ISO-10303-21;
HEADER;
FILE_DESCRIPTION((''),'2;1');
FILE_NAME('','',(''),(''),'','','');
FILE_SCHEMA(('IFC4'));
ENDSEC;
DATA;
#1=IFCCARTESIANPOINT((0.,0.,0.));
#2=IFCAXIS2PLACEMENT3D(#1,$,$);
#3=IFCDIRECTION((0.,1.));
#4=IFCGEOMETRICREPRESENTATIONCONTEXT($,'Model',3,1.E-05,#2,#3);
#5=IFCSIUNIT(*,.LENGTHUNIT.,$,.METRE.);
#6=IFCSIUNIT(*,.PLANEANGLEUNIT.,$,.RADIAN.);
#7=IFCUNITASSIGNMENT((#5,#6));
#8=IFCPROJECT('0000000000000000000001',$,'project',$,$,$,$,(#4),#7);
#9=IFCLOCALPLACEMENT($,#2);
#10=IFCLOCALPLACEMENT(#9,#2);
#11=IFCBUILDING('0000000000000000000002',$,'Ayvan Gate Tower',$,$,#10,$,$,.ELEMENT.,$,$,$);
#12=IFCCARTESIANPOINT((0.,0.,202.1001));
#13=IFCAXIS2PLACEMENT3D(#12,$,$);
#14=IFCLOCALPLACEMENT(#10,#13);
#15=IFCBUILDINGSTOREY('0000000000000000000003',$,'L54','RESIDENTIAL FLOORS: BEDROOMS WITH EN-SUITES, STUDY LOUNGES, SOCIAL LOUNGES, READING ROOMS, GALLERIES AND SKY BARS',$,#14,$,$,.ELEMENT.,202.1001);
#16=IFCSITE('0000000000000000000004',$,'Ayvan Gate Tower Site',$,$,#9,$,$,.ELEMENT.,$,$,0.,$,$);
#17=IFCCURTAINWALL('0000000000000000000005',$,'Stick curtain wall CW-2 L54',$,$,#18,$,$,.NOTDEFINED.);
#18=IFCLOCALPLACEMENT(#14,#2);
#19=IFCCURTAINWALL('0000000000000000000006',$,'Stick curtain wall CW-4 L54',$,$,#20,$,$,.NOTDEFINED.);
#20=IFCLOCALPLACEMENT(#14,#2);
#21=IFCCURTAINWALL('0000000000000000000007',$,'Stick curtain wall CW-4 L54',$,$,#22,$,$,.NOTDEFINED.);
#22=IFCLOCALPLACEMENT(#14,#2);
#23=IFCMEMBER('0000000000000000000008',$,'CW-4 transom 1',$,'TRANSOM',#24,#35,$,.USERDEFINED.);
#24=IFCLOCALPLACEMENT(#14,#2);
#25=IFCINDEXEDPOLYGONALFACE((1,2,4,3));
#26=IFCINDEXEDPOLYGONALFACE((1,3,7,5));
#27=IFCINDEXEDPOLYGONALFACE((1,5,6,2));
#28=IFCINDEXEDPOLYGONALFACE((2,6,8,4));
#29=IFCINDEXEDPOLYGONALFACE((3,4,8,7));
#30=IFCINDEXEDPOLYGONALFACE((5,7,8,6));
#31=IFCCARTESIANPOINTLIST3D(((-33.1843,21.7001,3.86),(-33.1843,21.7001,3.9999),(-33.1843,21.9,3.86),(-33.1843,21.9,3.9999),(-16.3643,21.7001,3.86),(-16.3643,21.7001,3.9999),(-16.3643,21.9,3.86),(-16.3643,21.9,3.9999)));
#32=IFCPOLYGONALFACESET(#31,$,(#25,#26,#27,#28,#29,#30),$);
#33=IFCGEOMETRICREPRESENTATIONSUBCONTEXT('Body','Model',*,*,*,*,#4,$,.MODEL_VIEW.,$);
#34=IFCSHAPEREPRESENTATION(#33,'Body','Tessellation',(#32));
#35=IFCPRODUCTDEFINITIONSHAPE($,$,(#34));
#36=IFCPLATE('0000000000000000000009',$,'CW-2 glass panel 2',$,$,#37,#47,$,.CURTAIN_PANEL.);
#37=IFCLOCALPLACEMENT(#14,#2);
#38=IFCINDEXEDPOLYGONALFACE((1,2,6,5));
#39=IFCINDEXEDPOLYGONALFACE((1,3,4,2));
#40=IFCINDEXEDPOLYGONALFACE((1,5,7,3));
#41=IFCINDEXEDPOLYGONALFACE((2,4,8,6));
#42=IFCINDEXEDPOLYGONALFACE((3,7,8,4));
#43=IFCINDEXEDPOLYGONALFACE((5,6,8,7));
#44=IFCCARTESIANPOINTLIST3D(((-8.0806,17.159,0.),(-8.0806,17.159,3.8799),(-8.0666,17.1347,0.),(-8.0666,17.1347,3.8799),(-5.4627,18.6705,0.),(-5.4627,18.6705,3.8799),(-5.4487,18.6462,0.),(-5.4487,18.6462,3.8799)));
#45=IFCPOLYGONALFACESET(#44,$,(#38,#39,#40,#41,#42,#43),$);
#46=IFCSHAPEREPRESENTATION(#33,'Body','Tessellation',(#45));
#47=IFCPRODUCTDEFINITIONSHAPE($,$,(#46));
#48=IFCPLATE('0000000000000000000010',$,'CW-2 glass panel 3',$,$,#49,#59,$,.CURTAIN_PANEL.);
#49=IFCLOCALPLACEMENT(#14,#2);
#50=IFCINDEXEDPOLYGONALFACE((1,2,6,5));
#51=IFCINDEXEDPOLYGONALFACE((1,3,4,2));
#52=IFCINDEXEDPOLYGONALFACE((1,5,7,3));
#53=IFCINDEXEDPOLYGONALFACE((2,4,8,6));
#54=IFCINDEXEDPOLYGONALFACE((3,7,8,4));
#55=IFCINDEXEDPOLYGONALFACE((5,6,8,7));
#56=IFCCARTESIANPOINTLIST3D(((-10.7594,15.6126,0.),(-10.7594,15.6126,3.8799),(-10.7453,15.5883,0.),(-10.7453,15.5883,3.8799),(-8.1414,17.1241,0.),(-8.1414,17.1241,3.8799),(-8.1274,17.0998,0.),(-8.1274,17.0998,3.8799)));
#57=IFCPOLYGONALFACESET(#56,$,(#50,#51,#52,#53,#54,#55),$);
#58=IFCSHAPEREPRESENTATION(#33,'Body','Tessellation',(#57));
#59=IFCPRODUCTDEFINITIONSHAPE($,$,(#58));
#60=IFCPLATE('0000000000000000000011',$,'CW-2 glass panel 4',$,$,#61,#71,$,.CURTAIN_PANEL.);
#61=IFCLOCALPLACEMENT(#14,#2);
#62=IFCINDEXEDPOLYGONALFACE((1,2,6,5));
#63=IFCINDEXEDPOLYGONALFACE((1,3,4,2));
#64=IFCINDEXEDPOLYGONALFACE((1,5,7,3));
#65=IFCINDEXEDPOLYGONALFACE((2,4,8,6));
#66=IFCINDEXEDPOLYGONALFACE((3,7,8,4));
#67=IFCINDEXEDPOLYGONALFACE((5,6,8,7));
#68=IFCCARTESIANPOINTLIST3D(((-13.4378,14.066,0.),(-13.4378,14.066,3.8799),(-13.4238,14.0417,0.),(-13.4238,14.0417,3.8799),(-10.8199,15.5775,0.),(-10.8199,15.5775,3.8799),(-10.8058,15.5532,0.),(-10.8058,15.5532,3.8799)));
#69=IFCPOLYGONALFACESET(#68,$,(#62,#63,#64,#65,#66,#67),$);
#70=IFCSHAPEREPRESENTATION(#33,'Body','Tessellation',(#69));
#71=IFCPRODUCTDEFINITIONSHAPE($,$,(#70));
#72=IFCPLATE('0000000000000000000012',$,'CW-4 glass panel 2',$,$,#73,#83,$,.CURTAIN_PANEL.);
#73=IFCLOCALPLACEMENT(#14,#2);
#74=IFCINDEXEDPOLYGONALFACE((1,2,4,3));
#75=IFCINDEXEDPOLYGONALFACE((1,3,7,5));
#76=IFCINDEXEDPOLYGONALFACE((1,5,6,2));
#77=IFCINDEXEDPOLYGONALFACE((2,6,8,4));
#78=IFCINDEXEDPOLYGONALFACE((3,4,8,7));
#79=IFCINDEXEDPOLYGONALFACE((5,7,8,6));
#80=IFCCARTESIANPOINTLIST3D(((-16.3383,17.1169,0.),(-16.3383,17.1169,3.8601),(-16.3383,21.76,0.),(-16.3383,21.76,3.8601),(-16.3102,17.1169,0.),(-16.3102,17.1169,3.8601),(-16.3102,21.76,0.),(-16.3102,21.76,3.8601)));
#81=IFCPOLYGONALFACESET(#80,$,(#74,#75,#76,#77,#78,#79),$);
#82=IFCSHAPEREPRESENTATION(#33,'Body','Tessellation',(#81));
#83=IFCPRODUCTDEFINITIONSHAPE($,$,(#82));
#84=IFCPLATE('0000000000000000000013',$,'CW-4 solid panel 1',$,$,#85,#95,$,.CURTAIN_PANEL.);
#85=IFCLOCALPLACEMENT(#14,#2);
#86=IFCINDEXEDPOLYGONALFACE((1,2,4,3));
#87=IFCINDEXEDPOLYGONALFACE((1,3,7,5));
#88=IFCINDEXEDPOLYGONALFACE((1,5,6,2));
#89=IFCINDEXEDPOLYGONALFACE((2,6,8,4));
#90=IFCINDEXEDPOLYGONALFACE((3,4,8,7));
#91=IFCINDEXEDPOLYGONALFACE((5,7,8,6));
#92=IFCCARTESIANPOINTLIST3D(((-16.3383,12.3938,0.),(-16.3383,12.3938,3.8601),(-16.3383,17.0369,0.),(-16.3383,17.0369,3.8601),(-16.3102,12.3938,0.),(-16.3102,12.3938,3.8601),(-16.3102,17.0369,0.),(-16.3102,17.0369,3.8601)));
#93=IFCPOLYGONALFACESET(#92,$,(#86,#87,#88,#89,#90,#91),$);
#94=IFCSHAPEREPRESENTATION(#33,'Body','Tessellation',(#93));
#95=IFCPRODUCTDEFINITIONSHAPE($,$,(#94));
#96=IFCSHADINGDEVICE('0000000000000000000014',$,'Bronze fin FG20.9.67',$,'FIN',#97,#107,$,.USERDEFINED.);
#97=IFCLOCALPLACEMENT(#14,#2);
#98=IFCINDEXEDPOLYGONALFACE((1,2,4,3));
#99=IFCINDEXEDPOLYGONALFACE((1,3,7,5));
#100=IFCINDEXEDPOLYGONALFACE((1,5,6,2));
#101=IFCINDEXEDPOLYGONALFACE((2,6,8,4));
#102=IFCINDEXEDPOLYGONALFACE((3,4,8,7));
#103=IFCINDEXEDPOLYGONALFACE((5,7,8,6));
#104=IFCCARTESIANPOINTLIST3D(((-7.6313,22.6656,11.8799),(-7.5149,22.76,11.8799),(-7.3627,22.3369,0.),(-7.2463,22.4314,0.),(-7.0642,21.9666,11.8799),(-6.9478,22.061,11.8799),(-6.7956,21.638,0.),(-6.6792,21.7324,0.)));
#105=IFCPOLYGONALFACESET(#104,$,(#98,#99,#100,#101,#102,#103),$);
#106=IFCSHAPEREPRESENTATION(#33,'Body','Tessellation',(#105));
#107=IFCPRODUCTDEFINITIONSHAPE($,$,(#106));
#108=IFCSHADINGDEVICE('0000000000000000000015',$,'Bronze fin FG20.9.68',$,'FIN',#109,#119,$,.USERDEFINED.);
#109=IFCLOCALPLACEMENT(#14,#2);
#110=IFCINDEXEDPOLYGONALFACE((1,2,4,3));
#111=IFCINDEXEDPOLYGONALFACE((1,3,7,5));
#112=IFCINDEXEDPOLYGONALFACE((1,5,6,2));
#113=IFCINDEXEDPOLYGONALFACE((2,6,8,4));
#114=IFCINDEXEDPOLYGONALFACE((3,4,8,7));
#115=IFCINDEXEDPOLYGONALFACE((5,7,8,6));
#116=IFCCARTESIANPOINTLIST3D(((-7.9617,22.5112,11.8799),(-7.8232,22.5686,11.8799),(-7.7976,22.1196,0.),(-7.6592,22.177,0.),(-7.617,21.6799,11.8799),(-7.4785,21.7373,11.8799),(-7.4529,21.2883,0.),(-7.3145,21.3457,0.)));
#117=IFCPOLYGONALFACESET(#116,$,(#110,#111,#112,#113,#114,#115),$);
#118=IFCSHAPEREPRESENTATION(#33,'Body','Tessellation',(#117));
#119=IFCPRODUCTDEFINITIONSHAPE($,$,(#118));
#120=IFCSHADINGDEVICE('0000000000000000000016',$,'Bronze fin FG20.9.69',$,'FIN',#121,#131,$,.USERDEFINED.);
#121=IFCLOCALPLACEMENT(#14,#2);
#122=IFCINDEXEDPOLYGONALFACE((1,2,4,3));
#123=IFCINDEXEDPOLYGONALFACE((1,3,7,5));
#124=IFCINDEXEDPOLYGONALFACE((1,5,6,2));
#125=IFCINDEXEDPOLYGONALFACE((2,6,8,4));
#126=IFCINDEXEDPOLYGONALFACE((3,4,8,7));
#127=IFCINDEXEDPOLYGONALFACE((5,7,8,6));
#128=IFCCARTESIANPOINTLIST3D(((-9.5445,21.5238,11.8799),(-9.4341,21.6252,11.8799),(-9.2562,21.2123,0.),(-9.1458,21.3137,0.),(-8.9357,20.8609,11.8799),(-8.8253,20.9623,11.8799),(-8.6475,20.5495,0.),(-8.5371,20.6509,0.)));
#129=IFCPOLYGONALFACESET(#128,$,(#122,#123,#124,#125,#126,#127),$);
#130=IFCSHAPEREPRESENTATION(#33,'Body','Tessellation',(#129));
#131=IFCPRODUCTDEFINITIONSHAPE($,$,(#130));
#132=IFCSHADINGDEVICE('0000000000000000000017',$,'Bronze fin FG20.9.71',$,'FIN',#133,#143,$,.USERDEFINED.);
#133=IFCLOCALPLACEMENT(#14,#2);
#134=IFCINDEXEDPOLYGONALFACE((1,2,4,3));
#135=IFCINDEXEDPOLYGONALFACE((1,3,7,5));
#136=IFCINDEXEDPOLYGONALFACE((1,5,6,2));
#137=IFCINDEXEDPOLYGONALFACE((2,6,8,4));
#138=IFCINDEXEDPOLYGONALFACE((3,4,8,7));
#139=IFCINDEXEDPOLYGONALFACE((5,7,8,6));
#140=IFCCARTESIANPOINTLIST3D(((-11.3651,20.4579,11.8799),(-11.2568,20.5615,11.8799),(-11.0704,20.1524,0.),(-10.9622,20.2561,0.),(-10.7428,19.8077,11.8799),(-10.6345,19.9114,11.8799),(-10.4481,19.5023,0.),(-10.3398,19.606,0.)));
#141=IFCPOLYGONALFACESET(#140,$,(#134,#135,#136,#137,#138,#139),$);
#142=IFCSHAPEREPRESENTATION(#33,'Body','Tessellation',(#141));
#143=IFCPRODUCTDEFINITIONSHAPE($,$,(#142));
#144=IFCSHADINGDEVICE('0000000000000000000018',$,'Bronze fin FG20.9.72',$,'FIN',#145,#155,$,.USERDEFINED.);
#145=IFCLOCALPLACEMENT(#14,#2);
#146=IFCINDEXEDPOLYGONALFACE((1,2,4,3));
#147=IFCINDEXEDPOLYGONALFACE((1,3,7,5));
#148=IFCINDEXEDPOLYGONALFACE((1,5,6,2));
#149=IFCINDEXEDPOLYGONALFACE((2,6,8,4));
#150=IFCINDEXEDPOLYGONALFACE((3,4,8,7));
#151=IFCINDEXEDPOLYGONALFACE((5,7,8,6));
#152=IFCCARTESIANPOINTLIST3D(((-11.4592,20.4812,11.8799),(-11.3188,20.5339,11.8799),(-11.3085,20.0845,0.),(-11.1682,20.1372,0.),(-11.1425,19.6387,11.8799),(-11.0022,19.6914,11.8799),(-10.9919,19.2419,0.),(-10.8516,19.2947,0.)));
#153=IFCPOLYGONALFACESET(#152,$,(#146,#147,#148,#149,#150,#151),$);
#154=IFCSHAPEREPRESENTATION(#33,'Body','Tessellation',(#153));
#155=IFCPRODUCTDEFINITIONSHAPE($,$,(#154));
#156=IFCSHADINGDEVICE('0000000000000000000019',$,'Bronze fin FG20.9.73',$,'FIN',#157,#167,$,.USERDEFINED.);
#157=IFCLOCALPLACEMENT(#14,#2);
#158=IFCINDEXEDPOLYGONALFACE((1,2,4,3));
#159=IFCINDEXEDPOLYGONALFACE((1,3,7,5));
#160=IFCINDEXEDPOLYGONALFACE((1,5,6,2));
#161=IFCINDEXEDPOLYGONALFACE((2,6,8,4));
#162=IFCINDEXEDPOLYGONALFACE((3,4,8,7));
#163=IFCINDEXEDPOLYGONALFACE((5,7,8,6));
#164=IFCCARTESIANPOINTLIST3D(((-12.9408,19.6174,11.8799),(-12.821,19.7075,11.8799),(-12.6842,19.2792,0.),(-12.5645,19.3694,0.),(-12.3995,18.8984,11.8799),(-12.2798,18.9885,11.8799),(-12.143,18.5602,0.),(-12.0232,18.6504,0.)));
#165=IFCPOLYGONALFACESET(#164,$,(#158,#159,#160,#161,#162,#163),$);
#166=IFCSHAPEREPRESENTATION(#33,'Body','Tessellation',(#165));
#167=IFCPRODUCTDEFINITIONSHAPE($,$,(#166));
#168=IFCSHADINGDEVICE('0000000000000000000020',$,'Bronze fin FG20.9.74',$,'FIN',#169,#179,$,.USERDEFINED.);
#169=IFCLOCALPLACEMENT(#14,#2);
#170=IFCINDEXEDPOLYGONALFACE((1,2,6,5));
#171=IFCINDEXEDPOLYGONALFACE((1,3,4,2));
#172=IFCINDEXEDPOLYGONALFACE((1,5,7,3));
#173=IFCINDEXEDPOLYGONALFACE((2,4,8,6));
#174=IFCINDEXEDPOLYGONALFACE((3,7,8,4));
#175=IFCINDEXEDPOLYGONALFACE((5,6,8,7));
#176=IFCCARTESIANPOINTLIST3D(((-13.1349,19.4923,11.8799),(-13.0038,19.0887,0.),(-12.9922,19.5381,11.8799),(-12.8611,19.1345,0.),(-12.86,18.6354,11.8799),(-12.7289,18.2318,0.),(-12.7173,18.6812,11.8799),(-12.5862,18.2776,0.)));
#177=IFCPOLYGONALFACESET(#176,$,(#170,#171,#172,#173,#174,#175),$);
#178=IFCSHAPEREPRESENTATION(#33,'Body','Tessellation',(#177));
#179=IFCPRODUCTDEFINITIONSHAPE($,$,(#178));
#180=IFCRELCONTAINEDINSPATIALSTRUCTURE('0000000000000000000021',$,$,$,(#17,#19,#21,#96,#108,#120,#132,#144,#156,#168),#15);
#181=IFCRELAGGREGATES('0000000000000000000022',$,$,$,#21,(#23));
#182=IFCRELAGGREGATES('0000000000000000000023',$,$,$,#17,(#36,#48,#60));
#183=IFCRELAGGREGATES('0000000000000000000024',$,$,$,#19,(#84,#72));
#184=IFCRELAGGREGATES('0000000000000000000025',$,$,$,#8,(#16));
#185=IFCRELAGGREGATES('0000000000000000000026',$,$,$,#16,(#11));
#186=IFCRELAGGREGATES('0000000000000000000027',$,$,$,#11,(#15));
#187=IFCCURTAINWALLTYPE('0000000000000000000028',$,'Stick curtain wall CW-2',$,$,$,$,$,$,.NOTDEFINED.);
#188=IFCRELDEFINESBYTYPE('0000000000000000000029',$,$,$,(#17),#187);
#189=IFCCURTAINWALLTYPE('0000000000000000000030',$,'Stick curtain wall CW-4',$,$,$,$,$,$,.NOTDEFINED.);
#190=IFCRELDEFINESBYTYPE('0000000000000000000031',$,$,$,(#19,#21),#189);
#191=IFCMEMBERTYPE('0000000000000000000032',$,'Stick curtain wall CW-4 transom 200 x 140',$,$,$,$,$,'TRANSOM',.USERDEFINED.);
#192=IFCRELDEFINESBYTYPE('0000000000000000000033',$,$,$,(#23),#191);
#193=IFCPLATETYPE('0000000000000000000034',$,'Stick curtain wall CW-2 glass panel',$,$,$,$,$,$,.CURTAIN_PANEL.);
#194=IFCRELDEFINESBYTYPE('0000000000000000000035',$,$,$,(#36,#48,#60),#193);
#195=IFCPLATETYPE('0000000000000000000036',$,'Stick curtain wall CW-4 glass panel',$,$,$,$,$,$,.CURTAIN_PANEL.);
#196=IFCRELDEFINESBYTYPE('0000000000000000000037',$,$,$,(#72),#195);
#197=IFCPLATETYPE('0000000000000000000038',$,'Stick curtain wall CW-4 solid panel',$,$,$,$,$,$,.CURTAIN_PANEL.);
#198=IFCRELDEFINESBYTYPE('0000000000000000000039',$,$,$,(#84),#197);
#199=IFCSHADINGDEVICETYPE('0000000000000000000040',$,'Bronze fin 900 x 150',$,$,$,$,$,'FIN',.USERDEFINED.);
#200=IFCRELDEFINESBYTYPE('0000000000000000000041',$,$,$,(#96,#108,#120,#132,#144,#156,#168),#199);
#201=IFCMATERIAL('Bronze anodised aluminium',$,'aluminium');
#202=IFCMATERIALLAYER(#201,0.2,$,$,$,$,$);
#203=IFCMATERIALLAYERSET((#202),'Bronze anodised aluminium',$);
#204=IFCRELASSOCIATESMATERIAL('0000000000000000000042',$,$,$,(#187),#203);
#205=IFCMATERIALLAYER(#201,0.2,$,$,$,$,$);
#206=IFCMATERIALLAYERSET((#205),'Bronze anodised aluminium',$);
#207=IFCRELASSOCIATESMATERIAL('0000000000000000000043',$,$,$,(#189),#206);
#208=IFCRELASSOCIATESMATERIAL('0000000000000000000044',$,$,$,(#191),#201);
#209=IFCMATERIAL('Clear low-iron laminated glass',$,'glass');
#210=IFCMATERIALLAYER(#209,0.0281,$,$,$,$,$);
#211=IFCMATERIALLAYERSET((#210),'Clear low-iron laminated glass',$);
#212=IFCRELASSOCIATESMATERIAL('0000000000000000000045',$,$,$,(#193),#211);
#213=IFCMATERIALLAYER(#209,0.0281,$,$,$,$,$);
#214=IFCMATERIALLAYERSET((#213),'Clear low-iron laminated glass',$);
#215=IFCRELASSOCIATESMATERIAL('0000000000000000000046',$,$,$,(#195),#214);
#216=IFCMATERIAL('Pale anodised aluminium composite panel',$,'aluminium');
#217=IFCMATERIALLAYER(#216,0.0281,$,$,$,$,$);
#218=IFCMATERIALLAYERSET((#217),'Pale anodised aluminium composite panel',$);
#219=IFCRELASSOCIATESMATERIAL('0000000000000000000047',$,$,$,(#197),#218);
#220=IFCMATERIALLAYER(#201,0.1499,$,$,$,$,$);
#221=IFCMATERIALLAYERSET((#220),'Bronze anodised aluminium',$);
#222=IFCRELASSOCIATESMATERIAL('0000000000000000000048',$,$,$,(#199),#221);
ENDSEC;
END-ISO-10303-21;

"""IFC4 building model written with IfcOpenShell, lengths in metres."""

from ifc_helpers import new_model, si_unit, direction, frame, origin, origin_2d, place, context, subcontext, project, spatial, polyline, rectangle, outline, extrude, material, layer, layer_set, material_profile, profile_set, type_object, element, aggregate, save


model = new_model("IFC4")

# Units and contexts
model_context = context("Model", 3, precision=1e-05, world=origin(), true_north=direction((0.0, 1.0)))
body_context = subcontext(model_context, "Body", "Model", "MODEL_VIEW")
ifc_project = project(units=[si_unit("LENGTHUNIT", "METRE"), si_unit("PLANEANGLEUNIT", "RADIAN")], contexts=[model_context])

# Site, building, storey
site_placement = place(None, origin())
site = spatial("IfcSite", under=ifc_project, at=site_placement, Name="Ayvan Gate Tower Site", CompositionType="ELEMENT", RefElevation=0.0)
building_placement = place(site_placement, origin())
building = spatial("IfcBuilding", under=site, at=building_placement, Name="Ayvan Gate Tower", CompositionType="ELEMENT")
storey_placement = place(building_placement, frame((0.0, 0.0, 202.1001)))
storey = spatial("IfcBuildingStorey", under=building, at=storey_placement, Name="L54", Description="RESIDENTIAL FLOORS: BEDROOMS WITH EN-SUITES, STUDY LOUNGES, SOCIAL LOUNGES, READING ROOMS, GALLERIES AND SKY BARS", CompositionType="ELEMENT", Elevation=202.1001)

# Curtain walls, member
ifc_material_1 = material(Name="Bronze anodised aluminium", Category="aluminium")
ifc_layer_1 = layer(ifc_material_1, 0.2)
ifc_layer_set_1 = layer_set([ifc_layer_1], Name="Bronze anodised aluminium")
curtain_wall_type_1 = type_object("IfcCurtainWallType", Name="Stick curtain wall CW-2", PredefinedType="NOTDEFINED", material=ifc_layer_set_1)
curtain_wall_1_placement = place(storey_placement, origin())
curtain_wall_1 = element("IfcCurtainWall", 1, at=curtain_wall_1_placement, inside=storey, type_object=curtain_wall_type_1, Name="Stick curtain wall CW-2 L54", PredefinedType="NOTDEFINED")
ifc_layer_2 = layer(ifc_material_1, 0.2)
ifc_layer_set_2 = layer_set([ifc_layer_2], Name="Bronze anodised aluminium")
curtain_wall_type_2 = type_object("IfcCurtainWallType", Name="Stick curtain wall CW-4", PredefinedType="NOTDEFINED", material=ifc_layer_set_2)
curtain_wall_2_placement = place(storey_placement, origin())
curtain_wall_2 = element("IfcCurtainWall", 2, at=curtain_wall_2_placement, inside=storey, type_object=curtain_wall_type_2, Name="Stick curtain wall CW-4 L54", PredefinedType="NOTDEFINED")
curtain_wall_3_placement = place(storey_placement, origin())
curtain_wall_3 = element("IfcCurtainWall", 3, at=curtain_wall_3_placement, inside=storey, type_object=curtain_wall_type_2, Name="Stick curtain wall CW-4 L54", PredefinedType="NOTDEFINED")
ifc_material_profile_1 = material_profile(ifc_material_1, rectangle(XDim=0.2, YDim=0.1399, at=origin_2d()), Name="Stick curtain wall CW-4 transom 200 x 140")
ifc_profile_set_1 = profile_set([ifc_material_profile_1], Name="Bronze anodised aluminium")
member_type_1 = type_object("IfcMemberType", Name="Stick curtain wall CW-4 transom 200 x 140", ElementType="TRANSOM", PredefinedType="USERDEFINED", material=ifc_profile_set_1)
member_1_placement = place(storey_placement, frame((-16.3643, 21.8, 3.9299), z_axis=(-1.0, 0.0, 0.0), x_axis=(0.0, -1.0, 0.0)))
member_1 = element("IfcMember", 4, at=member_1_placement, type_object=member_type_1, Name="CW-4 transom 1", ObjectType="TRANSOM", PredefinedType="USERDEFINED", context=body_context, shape_type="SweptSolid", body=[
    extrude(rectangle(XDim=0.2, YDim=0.1399, at=origin_2d()), origin(), (0.0, 0.0, 1.0), 16.8201),
])
aggregate(curtain_wall_3, [member_1])

# Plates
ifc_material_2 = material(Name="Clear low-iron laminated glass", Category="glass")
ifc_layer_3 = layer(ifc_material_2, 0.0281)
ifc_layer_set_3 = layer_set([ifc_layer_3], Name="Clear low-iron laminated glass")
plate_type_1 = type_object("IfcPlateType", Name="Stick curtain wall CW-2 glass panel", PredefinedType="CURTAIN_PANEL", material=ifc_layer_set_3)
plate_1_placement = place(storey_placement, frame((-6.7646, 17.9026, 0.0), z_axis=(0.0, 0.0, 1.0), x_axis=(-0.866025, -0.5, 0.0)))
plate_1 = element("IfcPlate", 5, at=plate_1_placement, type_object=plate_type_1, Name="CW-2 glass panel 2", PredefinedType="CURTAIN_PANEL", context=body_context, shape_type="SweptSolid", body=[
    extrude(rectangle(XDim=3.0229, YDim=0.0281, at=origin_2d()), origin(), (0.0, 0.0, 1.0), 3.8799),
])
plate_2_placement = place(storey_placement, frame((-9.4434, 16.3562, 0.0), z_axis=(0.0, 0.0, 1.0), x_axis=(-0.866025, -0.5, 0.0)))
plate_2 = element("IfcPlate", 6, at=plate_2_placement, type_object=plate_type_1, Name="CW-2 glass panel 3", PredefinedType="CURTAIN_PANEL", context=body_context, shape_type="SweptSolid", body=[
    extrude(rectangle(XDim=3.0229, YDim=0.0281, at=origin_2d()), origin(), (0.0, 0.0, 1.0), 3.8799),
])
plate_3_placement = place(storey_placement, frame((-12.1218, 14.8096, 0.0), z_axis=(0.0, 0.0, 1.0), x_axis=(-0.866025, -0.5, 0.0)))
plate_3 = element("IfcPlate", 7, at=plate_3_placement, type_object=plate_type_1, Name="CW-2 glass panel 4", PredefinedType="CURTAIN_PANEL", context=body_context, shape_type="SweptSolid", body=[
    extrude(rectangle(XDim=3.0229, YDim=0.0281, at=origin_2d()), origin(), (0.0, 0.0, 1.0), 3.8799),
])
aggregate(curtain_wall_1, [plate_1, plate_2, plate_3])
ifc_layer_4 = layer(ifc_material_2, 0.0281)
ifc_layer_set_4 = layer_set([ifc_layer_4], Name="Clear low-iron laminated glass")
plate_type_2 = type_object("IfcPlateType", Name="Stick curtain wall CW-4 glass panel", PredefinedType="CURTAIN_PANEL", material=ifc_layer_set_4)
plate_4_placement = place(storey_placement, frame((-16.3242, 19.4385, 0.0), z_axis=(0.0, 0.0, 1.0), x_axis=(0.0, 1.0, 0.0)))
plate_4 = element("IfcPlate", 8, at=plate_4_placement, type_object=plate_type_2, Name="CW-4 glass panel 2", PredefinedType="CURTAIN_PANEL", context=body_context, shape_type="SweptSolid", body=[
    extrude(rectangle(XDim=4.6431, YDim=0.0281, at=origin_2d()), origin(), (0.0, 0.0, 1.0), 3.8601),
])
ifc_material_3 = material(Name="Pale anodised aluminium composite panel", Category="aluminium")
ifc_layer_5 = layer(ifc_material_3, 0.0281)
ifc_layer_set_5 = layer_set([ifc_layer_5], Name="Pale anodised aluminium composite panel")
plate_type_3 = type_object("IfcPlateType", Name="Stick curtain wall CW-4 solid panel", PredefinedType="CURTAIN_PANEL", material=ifc_layer_set_5)
plate_5_placement = place(storey_placement, frame((-16.3242, 14.7153, 0.0), z_axis=(0.0, 0.0, 1.0), x_axis=(0.0, 1.0, 0.0)))
plate_5 = element("IfcPlate", 9, at=plate_5_placement, type_object=plate_type_3, Name="CW-4 solid panel 1", PredefinedType="CURTAIN_PANEL", context=body_context, shape_type="SweptSolid", body=[
    extrude(rectangle(XDim=4.6431, YDim=0.0281, at=origin_2d()), origin(), (0.0, 0.0, 1.0), 3.8601),
])
aggregate(curtain_wall_2, [plate_5, plate_4])

# Shading devices
ifc_layer_6 = layer(ifc_material_1, 0.1499)
ifc_layer_set_6 = layer_set([ifc_layer_6], Name="Bronze anodised aluminium")
shading_device_type = type_object("IfcShadingDeviceType", Name="Bronze fin 900 x 150", ElementType="FIN", PredefinedType="USERDEFINED", material=ifc_layer_set_6)
shading_device_1_placement = place(storey_placement, frame((-6.6792, 21.7324, 0.0), z_axis=(0.776537, 0.630072, 0.000126), x_axis=(-0.630072, 0.776537, 0.0)))
element("IfcShadingDevice", 10, at=shading_device_1_placement, inside=storey, type_object=shading_device_type, Name="Bronze fin FG20.9.67", ObjectType="FIN", PredefinedType="USERDEFINED", context=body_context, shape_type="SweptSolid", body=[
    extrude(outline(polyline([(0.0, 0.0), (0.9001, 0.0), (1.3245, 11.8799), (0.4244, 11.8799), (0.0, 0.0)])), origin(), (0.0, 0.0, -1.0), 0.1499),
])
shading_device_2_placement = place(storey_placement, frame((-7.3145, 21.3457, 0.0), z_axis=(0.923726, 0.383055, 0.00013), x_axis=(-0.383055, 0.923726, 0.0)))
element("IfcShadingDevice", 11, at=shading_device_2_placement, inside=storey, type_object=shading_device_type, Name="Bronze fin FG20.9.68", ObjectType="FIN", PredefinedType="USERDEFINED", context=body_context, shape_type="SweptSolid", body=[
    extrude(outline(polyline([(0.0, 0.0), (0.8999, 0.0), (1.3245, 11.8799), (0.4246, 11.8799), (0.0, 0.0)])), origin(), (0.0, 0.0, -1.0), 0.1499),
])
shading_device_3_placement = place(storey_placement, frame((-8.5371, 20.6509, 0.0), z_axis=(0.736512, 0.676425, 0.00013), x_axis=(-0.676425, 0.736512, 0.0)))
element("IfcShadingDevice", 12, at=shading_device_3_placement, inside=storey, type_object=shading_device_type, Name="Bronze fin FG20.9.69", ObjectType="FIN", PredefinedType="USERDEFINED", context=body_context, shape_type="SweptSolid", body=[
    extrude(outline(polyline([(0.0, 0.0), (0.8999, 0.0), (1.3244, 11.8799), (0.4243, 11.8799), (0.0, 0.0)])), origin(), (0.0, 0.0, -1.0), 0.1499),
])
shading_device_4_placement = place(storey_placement, frame((-10.3398, 19.606, 0.0), z_axis=(0.7224, 0.691475, 0.000142), x_axis=(-0.691475, 0.7224, 0.0)))
element("IfcShadingDevice", 13, at=shading_device_4_placement, inside=storey, type_object=shading_device_type, Name="Bronze fin FG20.9.71", ObjectType="FIN", PredefinedType="USERDEFINED", context=body_context, shape_type="SweptSolid", body=[
    extrude(outline(polyline([(0.0, 0.0), (0.9, 0.0), (1.3244, 11.8799), (0.4244, 11.8799), (0.0, 0.0)])), origin(), (0.0, 0.0, -1.0), 0.1499),
])
shading_device_5_placement = place(storey_placement, frame((-10.8516, 19.2947, 0.0), z_axis=(0.936073, 0.351807, 0.000121), x_axis=(-0.351807, 0.936073, 0.0)))
element("IfcShadingDevice", 14, at=shading_device_5_placement, inside=storey, type_object=shading_device_type, Name="Bronze fin FG20.9.72", ObjectType="FIN", PredefinedType="USERDEFINED", context=body_context, shape_type="SweptSolid", body=[
    extrude(outline(polyline([(0.0, 0.0), (0.9001, 0.0), (1.3244, 11.8799), (0.4244, 11.8799), (0.0, 0.0)])), origin(), (0.0, 0.0, -1.0), 0.1499),
])
shading_device_6_placement = place(storey_placement, frame((-12.0232, 18.6504, 0.0), z_axis=(0.798924, 0.601431, 0.000137), x_axis=(-0.601431, 0.798924, 0.0)))
element("IfcShadingDevice", 15, at=shading_device_6_placement, inside=storey, type_object=shading_device_type, Name="Bronze fin FG20.9.73", ObjectType="FIN", PredefinedType="USERDEFINED", context=body_context, shape_type="SweptSolid", body=[
    extrude(outline(polyline([(0.0, 0.0), (0.9, 0.0), (1.3244, 11.8799), (0.4245, 11.8799), (0.0, 0.0)])), origin(), (0.0, 0.0, -1.0), 0.1499),
])
shading_device_7_placement = place(storey_placement, frame((-12.5862, 18.2776, 0.0), z_axis=(0.952203, 0.305465, 0.000132), x_axis=(-0.305465, 0.952203, 0.0)))
element("IfcShadingDevice", 16, at=shading_device_7_placement, inside=storey, type_object=shading_device_type, Name="Bronze fin FG20.9.74", ObjectType="FIN", PredefinedType="USERDEFINED", context=body_context, shape_type="SweptSolid", body=[
    extrude(outline(polyline([(0.0, 0.0), (0.8999, 0.0), (1.3243, 11.8799), (0.4243, 11.8799), (0.0, 0.0)])), origin(), (0.0, 0.0, -1.0), 0.1499),
])

save(model, "model.ifc")
